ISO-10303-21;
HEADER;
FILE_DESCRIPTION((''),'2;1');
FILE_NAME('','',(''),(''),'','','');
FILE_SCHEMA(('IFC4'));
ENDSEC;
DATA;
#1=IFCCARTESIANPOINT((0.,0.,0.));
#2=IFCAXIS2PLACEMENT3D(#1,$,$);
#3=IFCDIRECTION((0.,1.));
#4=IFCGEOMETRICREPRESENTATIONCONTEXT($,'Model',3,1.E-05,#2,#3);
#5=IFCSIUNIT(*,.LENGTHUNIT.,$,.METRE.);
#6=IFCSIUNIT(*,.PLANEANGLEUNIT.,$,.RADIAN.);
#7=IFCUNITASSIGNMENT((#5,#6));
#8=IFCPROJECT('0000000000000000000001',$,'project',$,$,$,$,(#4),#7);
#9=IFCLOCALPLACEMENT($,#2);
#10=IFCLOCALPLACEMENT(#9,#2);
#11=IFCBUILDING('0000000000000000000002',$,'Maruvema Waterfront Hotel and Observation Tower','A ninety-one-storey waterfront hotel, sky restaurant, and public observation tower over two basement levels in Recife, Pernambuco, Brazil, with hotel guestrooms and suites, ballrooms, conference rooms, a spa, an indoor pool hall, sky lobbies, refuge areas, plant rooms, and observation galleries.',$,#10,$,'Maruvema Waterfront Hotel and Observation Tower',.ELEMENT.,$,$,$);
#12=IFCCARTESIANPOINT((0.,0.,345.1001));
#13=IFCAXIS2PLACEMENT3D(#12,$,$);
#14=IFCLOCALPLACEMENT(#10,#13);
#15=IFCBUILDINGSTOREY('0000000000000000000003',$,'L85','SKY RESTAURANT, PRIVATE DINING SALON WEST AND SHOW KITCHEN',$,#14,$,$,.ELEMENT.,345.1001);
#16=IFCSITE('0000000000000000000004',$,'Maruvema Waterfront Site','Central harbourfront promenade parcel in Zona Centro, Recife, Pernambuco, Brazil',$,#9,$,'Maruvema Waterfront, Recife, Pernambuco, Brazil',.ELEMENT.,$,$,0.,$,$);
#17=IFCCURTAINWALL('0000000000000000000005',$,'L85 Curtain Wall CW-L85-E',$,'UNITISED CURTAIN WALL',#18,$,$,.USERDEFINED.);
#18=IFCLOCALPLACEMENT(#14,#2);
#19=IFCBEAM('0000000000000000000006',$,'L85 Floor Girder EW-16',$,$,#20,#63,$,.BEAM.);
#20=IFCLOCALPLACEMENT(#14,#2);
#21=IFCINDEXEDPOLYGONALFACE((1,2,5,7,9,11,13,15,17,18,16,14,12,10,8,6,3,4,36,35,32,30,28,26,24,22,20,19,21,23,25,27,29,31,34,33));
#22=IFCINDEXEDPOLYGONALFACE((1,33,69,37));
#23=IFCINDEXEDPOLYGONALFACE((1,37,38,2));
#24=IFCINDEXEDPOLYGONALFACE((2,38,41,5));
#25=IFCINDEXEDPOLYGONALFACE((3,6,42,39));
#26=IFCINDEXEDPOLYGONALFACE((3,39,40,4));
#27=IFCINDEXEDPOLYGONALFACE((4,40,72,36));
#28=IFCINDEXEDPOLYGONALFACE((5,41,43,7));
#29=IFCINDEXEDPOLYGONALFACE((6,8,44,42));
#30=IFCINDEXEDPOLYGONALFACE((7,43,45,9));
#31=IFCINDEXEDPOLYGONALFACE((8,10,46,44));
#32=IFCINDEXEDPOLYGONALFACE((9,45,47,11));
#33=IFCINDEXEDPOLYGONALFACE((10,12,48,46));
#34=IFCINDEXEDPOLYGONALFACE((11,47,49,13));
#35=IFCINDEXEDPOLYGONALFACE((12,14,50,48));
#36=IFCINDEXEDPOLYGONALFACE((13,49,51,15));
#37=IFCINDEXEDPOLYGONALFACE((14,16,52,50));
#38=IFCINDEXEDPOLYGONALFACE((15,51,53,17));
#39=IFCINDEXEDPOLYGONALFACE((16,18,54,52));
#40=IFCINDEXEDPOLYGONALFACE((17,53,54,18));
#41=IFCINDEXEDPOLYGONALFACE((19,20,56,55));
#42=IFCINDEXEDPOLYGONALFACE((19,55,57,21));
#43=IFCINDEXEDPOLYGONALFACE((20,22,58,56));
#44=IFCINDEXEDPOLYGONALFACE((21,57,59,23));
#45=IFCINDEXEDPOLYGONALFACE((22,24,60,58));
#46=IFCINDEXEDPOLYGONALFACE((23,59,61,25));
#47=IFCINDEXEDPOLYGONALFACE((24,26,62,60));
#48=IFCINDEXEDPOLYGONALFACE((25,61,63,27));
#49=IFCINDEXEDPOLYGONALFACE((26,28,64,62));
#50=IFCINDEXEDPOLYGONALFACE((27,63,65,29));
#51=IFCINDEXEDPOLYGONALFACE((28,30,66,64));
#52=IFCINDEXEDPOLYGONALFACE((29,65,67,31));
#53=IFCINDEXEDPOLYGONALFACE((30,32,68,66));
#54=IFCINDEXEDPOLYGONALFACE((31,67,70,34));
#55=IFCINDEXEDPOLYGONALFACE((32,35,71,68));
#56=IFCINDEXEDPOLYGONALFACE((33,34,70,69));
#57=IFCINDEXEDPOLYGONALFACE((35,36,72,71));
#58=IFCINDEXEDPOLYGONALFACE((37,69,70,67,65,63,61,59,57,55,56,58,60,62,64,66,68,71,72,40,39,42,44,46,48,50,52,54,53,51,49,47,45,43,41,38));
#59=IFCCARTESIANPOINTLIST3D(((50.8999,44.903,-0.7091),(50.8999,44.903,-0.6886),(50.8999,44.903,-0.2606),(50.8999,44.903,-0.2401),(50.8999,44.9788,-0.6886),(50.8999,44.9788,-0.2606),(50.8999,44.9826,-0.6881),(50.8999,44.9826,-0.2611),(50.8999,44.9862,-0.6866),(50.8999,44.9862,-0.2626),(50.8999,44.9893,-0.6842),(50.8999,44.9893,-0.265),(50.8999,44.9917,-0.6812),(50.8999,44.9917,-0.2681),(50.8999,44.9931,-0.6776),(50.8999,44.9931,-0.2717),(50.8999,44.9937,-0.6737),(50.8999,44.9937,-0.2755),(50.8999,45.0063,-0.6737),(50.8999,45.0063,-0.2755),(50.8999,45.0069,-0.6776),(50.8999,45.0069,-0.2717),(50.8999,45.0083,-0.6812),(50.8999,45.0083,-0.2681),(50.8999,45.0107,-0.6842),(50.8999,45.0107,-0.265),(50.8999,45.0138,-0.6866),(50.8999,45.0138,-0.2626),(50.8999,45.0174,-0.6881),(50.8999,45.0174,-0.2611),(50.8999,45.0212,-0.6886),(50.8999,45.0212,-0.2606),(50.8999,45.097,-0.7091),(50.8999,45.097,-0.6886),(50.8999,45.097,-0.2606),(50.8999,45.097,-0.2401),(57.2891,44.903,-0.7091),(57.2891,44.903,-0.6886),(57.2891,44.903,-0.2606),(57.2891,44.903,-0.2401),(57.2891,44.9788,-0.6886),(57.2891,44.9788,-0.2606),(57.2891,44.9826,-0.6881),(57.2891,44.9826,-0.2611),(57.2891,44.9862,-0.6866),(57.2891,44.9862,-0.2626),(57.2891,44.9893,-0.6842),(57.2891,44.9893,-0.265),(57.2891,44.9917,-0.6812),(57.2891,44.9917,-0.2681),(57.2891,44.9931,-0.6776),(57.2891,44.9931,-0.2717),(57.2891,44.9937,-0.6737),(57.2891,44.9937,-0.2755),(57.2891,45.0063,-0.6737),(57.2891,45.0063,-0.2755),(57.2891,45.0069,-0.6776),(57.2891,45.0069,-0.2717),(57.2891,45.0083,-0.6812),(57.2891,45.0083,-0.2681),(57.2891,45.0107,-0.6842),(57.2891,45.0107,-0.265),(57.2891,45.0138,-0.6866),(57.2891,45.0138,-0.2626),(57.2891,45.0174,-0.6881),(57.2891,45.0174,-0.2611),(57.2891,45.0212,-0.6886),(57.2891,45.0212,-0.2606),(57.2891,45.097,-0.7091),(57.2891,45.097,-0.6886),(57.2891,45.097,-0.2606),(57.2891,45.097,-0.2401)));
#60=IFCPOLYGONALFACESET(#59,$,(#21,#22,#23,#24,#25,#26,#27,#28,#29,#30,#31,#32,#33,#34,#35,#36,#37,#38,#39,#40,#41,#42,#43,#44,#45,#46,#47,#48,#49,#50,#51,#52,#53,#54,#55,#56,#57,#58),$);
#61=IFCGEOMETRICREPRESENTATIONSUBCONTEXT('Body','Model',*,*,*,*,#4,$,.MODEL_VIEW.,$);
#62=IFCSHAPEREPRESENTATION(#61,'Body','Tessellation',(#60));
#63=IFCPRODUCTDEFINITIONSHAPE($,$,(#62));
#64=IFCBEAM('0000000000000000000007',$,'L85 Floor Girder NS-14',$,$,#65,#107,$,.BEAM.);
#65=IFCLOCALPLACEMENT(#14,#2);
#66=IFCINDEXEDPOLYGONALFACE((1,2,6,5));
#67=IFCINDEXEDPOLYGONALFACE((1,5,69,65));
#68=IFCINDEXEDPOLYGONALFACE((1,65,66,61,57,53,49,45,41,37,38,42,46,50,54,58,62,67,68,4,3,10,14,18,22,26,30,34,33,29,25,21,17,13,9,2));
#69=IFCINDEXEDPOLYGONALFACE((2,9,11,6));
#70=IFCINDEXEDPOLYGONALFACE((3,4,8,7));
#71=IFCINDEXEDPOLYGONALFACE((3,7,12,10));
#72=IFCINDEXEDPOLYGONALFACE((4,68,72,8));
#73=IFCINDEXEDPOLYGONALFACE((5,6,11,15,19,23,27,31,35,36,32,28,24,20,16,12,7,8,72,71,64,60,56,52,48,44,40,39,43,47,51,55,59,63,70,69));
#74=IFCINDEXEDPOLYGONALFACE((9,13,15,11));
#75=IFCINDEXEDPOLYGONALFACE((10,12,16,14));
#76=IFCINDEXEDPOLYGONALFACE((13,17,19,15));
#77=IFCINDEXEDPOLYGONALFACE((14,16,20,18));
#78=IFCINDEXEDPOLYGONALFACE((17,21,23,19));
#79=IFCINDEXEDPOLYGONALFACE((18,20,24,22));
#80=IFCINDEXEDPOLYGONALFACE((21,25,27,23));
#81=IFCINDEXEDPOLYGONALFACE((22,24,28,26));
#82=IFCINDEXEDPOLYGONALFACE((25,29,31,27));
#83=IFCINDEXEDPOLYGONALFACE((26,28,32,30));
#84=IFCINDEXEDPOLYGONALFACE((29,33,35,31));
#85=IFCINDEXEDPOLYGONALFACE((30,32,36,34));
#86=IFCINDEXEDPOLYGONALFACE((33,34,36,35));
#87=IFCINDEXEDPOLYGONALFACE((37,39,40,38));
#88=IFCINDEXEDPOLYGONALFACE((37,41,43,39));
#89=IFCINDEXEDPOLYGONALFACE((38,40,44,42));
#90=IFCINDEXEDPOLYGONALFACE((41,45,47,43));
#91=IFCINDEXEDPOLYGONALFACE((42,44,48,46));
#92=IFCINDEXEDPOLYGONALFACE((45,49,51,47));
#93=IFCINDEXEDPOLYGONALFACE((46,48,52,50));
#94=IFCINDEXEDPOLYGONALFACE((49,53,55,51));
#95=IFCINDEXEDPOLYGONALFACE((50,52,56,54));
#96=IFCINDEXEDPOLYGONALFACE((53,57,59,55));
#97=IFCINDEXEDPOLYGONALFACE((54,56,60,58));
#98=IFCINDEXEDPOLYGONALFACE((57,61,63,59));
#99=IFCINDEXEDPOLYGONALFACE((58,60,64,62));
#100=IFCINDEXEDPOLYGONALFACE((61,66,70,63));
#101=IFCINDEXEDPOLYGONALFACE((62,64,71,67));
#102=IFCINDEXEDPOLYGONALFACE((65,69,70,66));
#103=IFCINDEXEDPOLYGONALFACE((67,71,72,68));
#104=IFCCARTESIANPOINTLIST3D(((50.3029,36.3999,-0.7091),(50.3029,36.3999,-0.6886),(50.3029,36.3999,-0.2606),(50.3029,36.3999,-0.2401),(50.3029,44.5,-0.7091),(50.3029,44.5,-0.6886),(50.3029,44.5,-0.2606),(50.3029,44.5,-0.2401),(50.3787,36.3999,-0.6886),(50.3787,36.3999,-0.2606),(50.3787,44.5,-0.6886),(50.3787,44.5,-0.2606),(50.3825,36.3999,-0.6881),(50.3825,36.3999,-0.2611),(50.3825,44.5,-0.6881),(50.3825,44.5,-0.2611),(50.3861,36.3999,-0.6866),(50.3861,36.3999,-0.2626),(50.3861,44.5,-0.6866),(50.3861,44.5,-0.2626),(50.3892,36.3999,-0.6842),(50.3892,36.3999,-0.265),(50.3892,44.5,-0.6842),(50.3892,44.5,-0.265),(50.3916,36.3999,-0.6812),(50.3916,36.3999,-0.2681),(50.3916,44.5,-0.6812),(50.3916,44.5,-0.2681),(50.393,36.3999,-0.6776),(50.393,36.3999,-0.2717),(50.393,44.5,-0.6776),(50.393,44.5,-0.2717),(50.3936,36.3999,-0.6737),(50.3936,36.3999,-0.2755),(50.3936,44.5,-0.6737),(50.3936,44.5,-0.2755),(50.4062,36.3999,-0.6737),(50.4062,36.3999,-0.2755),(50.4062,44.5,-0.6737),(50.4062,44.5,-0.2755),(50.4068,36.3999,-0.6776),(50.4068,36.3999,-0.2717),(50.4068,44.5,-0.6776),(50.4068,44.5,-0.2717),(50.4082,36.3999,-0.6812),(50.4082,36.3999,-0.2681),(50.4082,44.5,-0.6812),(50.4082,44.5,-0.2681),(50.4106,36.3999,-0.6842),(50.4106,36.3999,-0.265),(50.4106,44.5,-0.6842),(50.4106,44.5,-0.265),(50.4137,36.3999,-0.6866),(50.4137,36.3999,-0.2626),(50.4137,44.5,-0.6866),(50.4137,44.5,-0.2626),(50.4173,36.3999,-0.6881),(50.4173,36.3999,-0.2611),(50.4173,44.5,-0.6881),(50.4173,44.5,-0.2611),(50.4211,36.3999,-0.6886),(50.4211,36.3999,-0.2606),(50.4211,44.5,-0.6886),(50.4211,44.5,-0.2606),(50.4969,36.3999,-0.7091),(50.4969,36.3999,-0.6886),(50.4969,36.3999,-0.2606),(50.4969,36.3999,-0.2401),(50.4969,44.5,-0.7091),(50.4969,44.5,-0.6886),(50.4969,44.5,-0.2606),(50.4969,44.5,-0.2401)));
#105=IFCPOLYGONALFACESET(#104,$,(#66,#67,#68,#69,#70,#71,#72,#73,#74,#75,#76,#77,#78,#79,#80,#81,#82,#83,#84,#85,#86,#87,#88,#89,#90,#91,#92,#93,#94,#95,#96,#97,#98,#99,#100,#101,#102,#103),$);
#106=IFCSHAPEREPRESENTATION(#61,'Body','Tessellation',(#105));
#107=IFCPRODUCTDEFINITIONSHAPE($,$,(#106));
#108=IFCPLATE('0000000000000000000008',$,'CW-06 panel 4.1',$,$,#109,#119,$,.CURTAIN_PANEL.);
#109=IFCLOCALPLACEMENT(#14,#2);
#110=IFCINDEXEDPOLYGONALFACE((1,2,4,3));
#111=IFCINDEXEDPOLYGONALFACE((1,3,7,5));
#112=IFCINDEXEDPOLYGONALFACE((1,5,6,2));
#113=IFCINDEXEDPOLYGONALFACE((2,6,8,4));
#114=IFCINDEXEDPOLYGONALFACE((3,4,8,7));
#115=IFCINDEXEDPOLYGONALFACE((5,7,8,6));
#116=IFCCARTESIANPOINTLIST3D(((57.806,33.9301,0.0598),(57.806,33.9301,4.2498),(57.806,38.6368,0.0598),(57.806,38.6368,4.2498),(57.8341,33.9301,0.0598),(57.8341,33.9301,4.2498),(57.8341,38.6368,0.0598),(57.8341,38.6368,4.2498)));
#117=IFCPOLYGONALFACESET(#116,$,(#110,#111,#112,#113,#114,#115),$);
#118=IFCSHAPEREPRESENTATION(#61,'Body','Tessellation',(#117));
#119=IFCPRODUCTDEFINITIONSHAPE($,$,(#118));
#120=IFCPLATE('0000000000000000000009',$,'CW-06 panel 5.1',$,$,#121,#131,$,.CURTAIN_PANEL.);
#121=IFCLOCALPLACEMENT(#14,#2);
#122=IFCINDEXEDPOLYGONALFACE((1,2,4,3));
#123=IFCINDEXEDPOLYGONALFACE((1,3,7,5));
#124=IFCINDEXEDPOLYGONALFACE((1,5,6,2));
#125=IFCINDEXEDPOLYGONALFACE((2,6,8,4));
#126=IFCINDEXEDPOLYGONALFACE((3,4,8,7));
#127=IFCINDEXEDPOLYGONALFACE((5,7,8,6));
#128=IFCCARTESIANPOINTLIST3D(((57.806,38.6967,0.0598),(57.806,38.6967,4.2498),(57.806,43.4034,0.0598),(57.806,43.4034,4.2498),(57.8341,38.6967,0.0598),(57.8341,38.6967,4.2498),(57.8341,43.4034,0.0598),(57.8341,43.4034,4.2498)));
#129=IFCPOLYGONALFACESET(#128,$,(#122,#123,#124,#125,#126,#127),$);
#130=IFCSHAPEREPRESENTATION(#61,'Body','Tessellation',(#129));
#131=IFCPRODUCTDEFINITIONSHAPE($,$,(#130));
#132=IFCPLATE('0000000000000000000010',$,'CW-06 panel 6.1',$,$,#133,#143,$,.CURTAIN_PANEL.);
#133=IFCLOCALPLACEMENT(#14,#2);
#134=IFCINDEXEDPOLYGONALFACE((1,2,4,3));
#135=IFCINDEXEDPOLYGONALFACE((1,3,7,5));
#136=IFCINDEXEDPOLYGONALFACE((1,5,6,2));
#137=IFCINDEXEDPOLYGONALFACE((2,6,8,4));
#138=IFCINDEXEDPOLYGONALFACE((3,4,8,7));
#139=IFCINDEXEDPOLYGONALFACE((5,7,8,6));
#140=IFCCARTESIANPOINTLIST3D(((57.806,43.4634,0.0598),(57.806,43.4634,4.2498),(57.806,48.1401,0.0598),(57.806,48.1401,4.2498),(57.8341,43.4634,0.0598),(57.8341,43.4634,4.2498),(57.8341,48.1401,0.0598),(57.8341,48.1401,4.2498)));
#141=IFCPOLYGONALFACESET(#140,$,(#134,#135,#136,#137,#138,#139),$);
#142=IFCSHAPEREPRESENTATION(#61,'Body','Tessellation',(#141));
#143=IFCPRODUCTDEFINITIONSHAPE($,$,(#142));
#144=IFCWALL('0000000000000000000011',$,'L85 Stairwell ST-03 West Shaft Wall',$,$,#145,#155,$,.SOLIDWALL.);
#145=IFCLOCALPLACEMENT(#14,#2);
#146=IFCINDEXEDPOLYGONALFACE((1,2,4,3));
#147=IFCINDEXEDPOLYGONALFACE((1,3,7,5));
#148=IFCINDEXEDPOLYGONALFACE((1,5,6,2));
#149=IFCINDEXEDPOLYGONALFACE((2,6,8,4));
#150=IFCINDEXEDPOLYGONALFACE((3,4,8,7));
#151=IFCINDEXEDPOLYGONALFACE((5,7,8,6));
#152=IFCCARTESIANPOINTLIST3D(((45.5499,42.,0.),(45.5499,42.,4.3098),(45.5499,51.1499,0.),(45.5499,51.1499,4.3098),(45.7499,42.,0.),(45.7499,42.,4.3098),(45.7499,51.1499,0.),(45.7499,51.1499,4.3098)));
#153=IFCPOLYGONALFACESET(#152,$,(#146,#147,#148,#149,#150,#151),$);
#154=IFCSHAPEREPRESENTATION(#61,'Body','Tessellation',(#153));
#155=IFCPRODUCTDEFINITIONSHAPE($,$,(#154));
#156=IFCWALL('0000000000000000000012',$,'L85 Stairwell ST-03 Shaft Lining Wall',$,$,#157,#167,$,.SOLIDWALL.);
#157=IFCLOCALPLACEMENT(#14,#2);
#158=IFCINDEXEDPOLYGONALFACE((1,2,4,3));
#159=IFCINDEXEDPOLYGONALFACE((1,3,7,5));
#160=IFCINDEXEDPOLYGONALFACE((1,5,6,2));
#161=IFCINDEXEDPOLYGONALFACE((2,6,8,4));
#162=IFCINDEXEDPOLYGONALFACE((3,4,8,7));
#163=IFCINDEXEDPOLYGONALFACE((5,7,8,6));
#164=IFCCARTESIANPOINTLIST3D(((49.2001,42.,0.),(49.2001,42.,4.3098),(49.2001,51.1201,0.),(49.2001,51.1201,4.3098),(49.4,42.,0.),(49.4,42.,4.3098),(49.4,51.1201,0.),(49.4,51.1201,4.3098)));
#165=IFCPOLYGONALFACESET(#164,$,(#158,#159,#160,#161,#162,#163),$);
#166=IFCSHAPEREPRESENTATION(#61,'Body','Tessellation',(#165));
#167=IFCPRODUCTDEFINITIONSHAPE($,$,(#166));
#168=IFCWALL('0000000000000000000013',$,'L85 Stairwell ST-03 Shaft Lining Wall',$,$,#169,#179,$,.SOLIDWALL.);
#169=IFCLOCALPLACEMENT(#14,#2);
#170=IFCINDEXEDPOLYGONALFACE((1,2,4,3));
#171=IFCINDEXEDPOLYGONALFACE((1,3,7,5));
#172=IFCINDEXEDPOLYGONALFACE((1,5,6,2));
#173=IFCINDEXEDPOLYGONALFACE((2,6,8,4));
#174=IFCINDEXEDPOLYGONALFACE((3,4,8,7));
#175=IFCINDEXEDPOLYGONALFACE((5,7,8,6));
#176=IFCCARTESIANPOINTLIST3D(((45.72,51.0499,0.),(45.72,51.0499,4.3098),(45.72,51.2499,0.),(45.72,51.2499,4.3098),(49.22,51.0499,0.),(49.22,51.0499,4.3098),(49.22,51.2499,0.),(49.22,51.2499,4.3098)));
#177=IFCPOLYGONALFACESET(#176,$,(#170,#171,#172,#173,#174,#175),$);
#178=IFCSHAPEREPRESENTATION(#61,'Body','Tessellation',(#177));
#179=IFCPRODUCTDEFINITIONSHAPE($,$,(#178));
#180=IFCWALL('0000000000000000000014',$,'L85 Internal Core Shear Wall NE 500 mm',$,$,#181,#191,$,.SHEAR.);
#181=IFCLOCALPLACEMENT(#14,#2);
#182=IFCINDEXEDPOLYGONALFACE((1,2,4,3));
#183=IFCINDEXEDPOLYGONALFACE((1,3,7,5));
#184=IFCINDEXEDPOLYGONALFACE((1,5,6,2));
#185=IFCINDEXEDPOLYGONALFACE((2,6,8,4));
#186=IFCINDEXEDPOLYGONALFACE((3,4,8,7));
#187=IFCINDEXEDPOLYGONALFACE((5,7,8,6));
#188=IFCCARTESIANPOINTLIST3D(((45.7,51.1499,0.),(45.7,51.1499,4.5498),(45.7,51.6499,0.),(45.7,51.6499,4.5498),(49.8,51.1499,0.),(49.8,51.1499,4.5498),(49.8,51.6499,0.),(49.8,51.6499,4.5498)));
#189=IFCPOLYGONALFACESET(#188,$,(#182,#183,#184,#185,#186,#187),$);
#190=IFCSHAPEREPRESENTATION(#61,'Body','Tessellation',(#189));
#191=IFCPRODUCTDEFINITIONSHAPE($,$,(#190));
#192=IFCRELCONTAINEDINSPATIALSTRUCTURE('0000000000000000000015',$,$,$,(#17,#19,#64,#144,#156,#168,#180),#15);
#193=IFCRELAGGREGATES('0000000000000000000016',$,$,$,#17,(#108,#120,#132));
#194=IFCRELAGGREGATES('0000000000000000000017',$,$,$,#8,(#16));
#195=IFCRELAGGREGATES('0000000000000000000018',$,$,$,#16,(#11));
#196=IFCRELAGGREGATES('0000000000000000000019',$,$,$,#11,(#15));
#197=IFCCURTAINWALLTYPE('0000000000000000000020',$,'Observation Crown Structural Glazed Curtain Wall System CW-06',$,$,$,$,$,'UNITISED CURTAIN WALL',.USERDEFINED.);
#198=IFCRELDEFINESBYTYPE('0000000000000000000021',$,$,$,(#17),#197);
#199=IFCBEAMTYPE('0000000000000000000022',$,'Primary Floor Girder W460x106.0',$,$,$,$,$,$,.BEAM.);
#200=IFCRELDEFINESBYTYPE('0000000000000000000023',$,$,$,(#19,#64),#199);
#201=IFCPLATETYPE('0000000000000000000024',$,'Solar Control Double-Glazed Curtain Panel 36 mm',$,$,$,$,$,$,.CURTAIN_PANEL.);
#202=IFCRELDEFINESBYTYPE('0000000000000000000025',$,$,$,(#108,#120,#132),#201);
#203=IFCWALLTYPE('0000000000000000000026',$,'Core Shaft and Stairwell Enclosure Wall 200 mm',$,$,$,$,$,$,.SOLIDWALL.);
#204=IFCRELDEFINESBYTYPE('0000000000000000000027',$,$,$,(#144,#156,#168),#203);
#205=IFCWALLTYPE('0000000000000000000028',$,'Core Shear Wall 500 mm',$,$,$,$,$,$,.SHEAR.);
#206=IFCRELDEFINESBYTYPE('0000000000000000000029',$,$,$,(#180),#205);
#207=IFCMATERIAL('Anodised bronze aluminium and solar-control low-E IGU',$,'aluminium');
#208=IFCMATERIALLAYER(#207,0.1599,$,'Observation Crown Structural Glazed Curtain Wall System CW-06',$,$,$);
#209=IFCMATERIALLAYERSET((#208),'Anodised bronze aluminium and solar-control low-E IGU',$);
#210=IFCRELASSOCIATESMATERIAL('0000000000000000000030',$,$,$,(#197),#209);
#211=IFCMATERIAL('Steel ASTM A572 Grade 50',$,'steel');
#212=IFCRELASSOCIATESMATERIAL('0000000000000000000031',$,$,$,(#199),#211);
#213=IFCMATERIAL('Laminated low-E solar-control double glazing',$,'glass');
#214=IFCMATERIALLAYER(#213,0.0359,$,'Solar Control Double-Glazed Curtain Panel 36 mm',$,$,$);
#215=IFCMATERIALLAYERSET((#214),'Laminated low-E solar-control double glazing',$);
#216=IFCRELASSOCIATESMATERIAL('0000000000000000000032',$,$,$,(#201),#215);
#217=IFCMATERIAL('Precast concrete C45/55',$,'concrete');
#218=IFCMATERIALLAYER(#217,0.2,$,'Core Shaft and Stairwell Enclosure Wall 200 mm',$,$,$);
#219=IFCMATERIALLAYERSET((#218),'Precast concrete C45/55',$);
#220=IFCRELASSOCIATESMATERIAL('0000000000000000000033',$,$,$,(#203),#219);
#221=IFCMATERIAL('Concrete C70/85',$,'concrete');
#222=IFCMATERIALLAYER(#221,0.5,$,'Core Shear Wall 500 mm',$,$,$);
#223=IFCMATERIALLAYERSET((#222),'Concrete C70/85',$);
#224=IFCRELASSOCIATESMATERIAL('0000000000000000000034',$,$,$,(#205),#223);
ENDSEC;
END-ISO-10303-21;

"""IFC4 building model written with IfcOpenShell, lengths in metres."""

from ifc_helpers import new_model, si_unit, direction, frame, frame_2d, origin, origin_2d, place, context, subcontext, project, spatial, rectangle, i_section, extrude, material, layer, layer_set, material_profile, profile_set, type_object, element, aggregate, save


model = new_model("IFC4")

# Units and contexts
model_context = context("Model", 3, precision=1e-05, world=origin(), true_north=direction((0.0, 1.0)))
body_context = subcontext(model_context, "Body", "Model", "MODEL_VIEW")
ifc_project = project(units=[si_unit("LENGTHUNIT", "METRE"), si_unit("PLANEANGLEUNIT", "RADIAN")], contexts=[model_context])

# Site, building, storey
site_placement = place(None, origin())
site = spatial("IfcSite", under=ifc_project, at=site_placement, Name="Maruvema Waterfront Site", Description="Central harbourfront promenade parcel in Zona Centro, Recife, Pernambuco, Brazil", LongName="Maruvema Waterfront, Recife, Pernambuco, Brazil", CompositionType="ELEMENT", RefElevation=0.0)
building_placement = place(site_placement, origin())
building = spatial("IfcBuilding", under=site, at=building_placement, Name="Maruvema Waterfront Hotel and Observation Tower", Description="A ninety-one-storey waterfront hotel, sky restaurant, and public observation tower over two basement levels in Recife, Pernambuco, Brazil, with hotel guestrooms and suites, ballrooms, conference rooms, a spa, an indoor pool hall, sky lobbies, refuge areas, plant rooms, and observation galleries.", LongName="Maruvema Waterfront Hotel and Observation Tower", CompositionType="ELEMENT")
storey_placement = place(building_placement, frame((0.0, 0.0, 345.1001)))
storey = spatial("IfcBuildingStorey", under=building, at=storey_placement, Name="L85", Description="SKY RESTAURANT, PRIVATE DINING SALON WEST AND SHOW KITCHEN", CompositionType="ELEMENT", Elevation=345.1001)

# Curtain wall
ifc_material_1 = material(Name="Anodised bronze aluminium and solar-control low-E IGU", Category="aluminium")
ifc_layer_1 = layer(ifc_material_1, 0.1599, Name="Observation Crown Structural Glazed Curtain Wall System CW-06")
ifc_layer_set_1 = layer_set([ifc_layer_1], Name="Anodised bronze aluminium and solar-control low-E IGU")
curtain_wall_type = type_object("IfcCurtainWallType", Name="Observation Crown Structural Glazed Curtain Wall System CW-06", ElementType="UNITISED CURTAIN WALL", PredefinedType="USERDEFINED", material=ifc_layer_set_1)
curtain_wall_placement = place(storey_placement, origin())
curtain_wall = element("IfcCurtainWall", 1, at=curtain_wall_placement, inside=storey, type_object=curtain_wall_type, Name="L85 Curtain Wall CW-L85-E", ObjectType="UNITISED CURTAIN WALL", PredefinedType="USERDEFINED")

# Beams
ifc_material_2 = material(Name="Steel ASTM A572 Grade 50", Category="steel")
ifc_material_profile_1 = material_profile(ifc_material_2, i_section(OverallWidth=0.1941, OverallDepth=0.469, WebThickness=0.0127, FlangeThickness=0.0205, FilletRadius=0.0149, at=origin_2d()), Name="W460x106.0")
ifc_profile_set_1 = profile_set([ifc_material_profile_1], Name="Steel ASTM A572 Grade 50")
beam_type = type_object("IfcBeamType", Name="Primary Floor Girder W460x106.0", PredefinedType="BEAM", material=ifc_profile_set_1)
beam_1_placement = place(storey_placement, frame((50.8999, 45.0, -0.4746), z_axis=(1.0, 0.0, 0.0), x_axis=(0.0, 1.0, 0.0)))
element("IfcBeam", 2, at=beam_1_placement, inside=storey, type_object=beam_type, Name="L85 Floor Girder EW-16", PredefinedType="BEAM", context=body_context, shape_type="SweptSolid", body=[
    extrude(i_section(OverallWidth=0.1941, OverallDepth=0.469, WebThickness=0.0127, FlangeThickness=0.0205, FilletRadius=0.0149, at=origin_2d()), origin(), (0.0, 0.0, 1.0), 6.3892),
])
beam_2_placement = place(storey_placement, frame((50.3999, 36.3999, -0.4746), z_axis=(0.0, 1.0, 0.0), x_axis=(-1.0, 0.0, 0.0)))
element("IfcBeam", 3, at=beam_2_placement, inside=storey, type_object=beam_type, Name="L85 Floor Girder NS-14", PredefinedType="BEAM", context=body_context, shape_type="SweptSolid", body=[
    extrude(i_section(OverallWidth=0.1941, OverallDepth=0.469, WebThickness=0.0127, FlangeThickness=0.0205, FilletRadius=0.0149, at=origin_2d()), origin(), (0.0, 0.0, 1.0), 8.1001),
])

# Plates
ifc_material_3 = material(Name="Laminated low-E solar-control double glazing", Category="glass")
ifc_layer_2 = layer(ifc_material_3, 0.0359, Name="Solar Control Double-Glazed Curtain Panel 36 mm")
ifc_layer_set_2 = layer_set([ifc_layer_2], Name="Laminated low-E solar-control double glazing")
plate_type = type_object("IfcPlateType", Name="Solar Control Double-Glazed Curtain Panel 36 mm", PredefinedType="CURTAIN_PANEL", material=ifc_layer_set_2)
plate_1_placement = place(storey_placement, frame((57.8201, 36.2834, 0.0598), z_axis=(0.0, 0.0, 1.0), x_axis=(0.0, 1.0, 0.0)))
plate_1 = element("IfcPlate", 4, at=plate_1_placement, type_object=plate_type, Name="CW-06 panel 4.1", PredefinedType="CURTAIN_PANEL", context=body_context, shape_type="SweptSolid", body=[
    extrude(rectangle(XDim=4.7068, YDim=0.0281, at=origin_2d()), origin(), (0.0, 0.0, 1.0), 4.1899),
])
plate_2_placement = place(storey_placement, frame((57.8201, 41.05, 0.0598), z_axis=(0.0, 0.0, 1.0), x_axis=(0.0, 1.0, 0.0)))
plate_2 = element("IfcPlate", 5, at=plate_2_placement, type_object=plate_type, Name="CW-06 panel 5.1", PredefinedType="CURTAIN_PANEL", context=body_context, shape_type="SweptSolid", body=[
    extrude(rectangle(XDim=4.7068, YDim=0.0281, at=origin_2d()), origin(), (0.0, 0.0, 1.0), 4.1899),
])
plate_3_placement = place(storey_placement, frame((57.8201, 45.8018, 0.0598), z_axis=(0.0, 0.0, 1.0), x_axis=(0.0, 1.0, 0.0)))
plate_3 = element("IfcPlate", 6, at=plate_3_placement, type_object=plate_type, Name="CW-06 panel 6.1", PredefinedType="CURTAIN_PANEL", context=body_context, shape_type="SweptSolid", body=[
    extrude(rectangle(XDim=4.6768, YDim=0.0281, at=origin_2d()), origin(), (0.0, 0.0, 1.0), 4.1899),
])
aggregate(curtain_wall, [plate_1, plate_2, plate_3])

# Walls
ifc_material_4 = material(Name="Precast concrete C45/55", Category="concrete")
ifc_layer_3 = layer(ifc_material_4, 0.2, Name="Core Shaft and Stairwell Enclosure Wall 200 mm")
ifc_layer_set_3 = layer_set([ifc_layer_3], Name="Precast concrete C45/55")
wall_type_1 = type_object("IfcWallType", Name="Core Shaft and Stairwell Enclosure Wall 200 mm", PredefinedType="SOLIDWALL", material=ifc_layer_set_3)
wall_1_placement = place(storey_placement, frame((45.6499, 42.0, 0.0), z_axis=(0.0, 0.0, 1.0), x_axis=(0.0, 1.0, 0.0)))
element("IfcWall", 7, at=wall_1_placement, inside=storey, type_object=wall_type_1, Name="L85 Stairwell ST-03 West Shaft Wall", PredefinedType="SOLIDWALL", context=body_context, shape_type="SweptSolid", body=[
    extrude(rectangle(XDim=9.1499, YDim=0.2, at=frame_2d((4.575, 0.0))), origin(), (0.0, 0.0, 1.0), 4.3098),
])
wall_2_placement = place(storey_placement, frame((49.3, 42.0, 0.0), z_axis=(0.0, 0.0, 1.0), x_axis=(0.0, 1.0, 0.0)))
element("IfcWall", 8, at=wall_2_placement, inside=storey, type_object=wall_type_1, Name="L85 Stairwell ST-03 Shaft Lining Wall", PredefinedType="SOLIDWALL", context=body_context, shape_type="SweptSolid", body=[
    extrude(rectangle(XDim=9.1201, YDim=0.2, at=frame_2d((4.5601, 0.0))), origin(), (0.0, 0.0, 1.0), 4.3098),
])
wall_3_placement = place(storey_placement, frame((45.72, 51.1499, 0.0), z_axis=(0.0, 0.0, 1.0), x_axis=(1.0, 0.0, 0.0)))
element("IfcWall", 9, at=wall_3_placement, inside=storey, type_object=wall_type_1, Name="L85 Stairwell ST-03 Shaft Lining Wall", PredefinedType="SOLIDWALL", context=body_context, shape_type="SweptSolid", body=[
    extrude(rectangle(XDim=3.5, YDim=0.2, at=frame_2d((1.75, 0.0))), origin(), (0.0, 0.0, 1.0), 4.3098),
])
ifc_material_5 = material(Name="Concrete C70/85", Category="concrete")
ifc_layer_4 = layer(ifc_material_5, 0.5, Name="Core Shear Wall 500 mm")
ifc_layer_set_4 = layer_set([ifc_layer_4], Name="Concrete C70/85")
wall_type_2 = type_object("IfcWallType", Name="Core Shear Wall 500 mm", PredefinedType="SHEAR", material=ifc_layer_set_4)
wall_4_placement = place(storey_placement, frame((45.7, 51.3999, 0.0), z_axis=(0.0, 0.0, 1.0), x_axis=(1.0, 0.0, 0.0)))
element("IfcWall", 10, at=wall_4_placement, inside=storey, type_object=wall_type_2, Name="L85 Internal Core Shear Wall NE 500 mm", PredefinedType="SHEAR", context=body_context, shape_type="SweptSolid", body=[
    extrude(rectangle(XDim=4.1001, YDim=0.5, at=frame_2d((2.05, 0.0))), origin(), (0.0, 0.0, 1.0), 4.5498),
])

save(model, "model.ifc")
